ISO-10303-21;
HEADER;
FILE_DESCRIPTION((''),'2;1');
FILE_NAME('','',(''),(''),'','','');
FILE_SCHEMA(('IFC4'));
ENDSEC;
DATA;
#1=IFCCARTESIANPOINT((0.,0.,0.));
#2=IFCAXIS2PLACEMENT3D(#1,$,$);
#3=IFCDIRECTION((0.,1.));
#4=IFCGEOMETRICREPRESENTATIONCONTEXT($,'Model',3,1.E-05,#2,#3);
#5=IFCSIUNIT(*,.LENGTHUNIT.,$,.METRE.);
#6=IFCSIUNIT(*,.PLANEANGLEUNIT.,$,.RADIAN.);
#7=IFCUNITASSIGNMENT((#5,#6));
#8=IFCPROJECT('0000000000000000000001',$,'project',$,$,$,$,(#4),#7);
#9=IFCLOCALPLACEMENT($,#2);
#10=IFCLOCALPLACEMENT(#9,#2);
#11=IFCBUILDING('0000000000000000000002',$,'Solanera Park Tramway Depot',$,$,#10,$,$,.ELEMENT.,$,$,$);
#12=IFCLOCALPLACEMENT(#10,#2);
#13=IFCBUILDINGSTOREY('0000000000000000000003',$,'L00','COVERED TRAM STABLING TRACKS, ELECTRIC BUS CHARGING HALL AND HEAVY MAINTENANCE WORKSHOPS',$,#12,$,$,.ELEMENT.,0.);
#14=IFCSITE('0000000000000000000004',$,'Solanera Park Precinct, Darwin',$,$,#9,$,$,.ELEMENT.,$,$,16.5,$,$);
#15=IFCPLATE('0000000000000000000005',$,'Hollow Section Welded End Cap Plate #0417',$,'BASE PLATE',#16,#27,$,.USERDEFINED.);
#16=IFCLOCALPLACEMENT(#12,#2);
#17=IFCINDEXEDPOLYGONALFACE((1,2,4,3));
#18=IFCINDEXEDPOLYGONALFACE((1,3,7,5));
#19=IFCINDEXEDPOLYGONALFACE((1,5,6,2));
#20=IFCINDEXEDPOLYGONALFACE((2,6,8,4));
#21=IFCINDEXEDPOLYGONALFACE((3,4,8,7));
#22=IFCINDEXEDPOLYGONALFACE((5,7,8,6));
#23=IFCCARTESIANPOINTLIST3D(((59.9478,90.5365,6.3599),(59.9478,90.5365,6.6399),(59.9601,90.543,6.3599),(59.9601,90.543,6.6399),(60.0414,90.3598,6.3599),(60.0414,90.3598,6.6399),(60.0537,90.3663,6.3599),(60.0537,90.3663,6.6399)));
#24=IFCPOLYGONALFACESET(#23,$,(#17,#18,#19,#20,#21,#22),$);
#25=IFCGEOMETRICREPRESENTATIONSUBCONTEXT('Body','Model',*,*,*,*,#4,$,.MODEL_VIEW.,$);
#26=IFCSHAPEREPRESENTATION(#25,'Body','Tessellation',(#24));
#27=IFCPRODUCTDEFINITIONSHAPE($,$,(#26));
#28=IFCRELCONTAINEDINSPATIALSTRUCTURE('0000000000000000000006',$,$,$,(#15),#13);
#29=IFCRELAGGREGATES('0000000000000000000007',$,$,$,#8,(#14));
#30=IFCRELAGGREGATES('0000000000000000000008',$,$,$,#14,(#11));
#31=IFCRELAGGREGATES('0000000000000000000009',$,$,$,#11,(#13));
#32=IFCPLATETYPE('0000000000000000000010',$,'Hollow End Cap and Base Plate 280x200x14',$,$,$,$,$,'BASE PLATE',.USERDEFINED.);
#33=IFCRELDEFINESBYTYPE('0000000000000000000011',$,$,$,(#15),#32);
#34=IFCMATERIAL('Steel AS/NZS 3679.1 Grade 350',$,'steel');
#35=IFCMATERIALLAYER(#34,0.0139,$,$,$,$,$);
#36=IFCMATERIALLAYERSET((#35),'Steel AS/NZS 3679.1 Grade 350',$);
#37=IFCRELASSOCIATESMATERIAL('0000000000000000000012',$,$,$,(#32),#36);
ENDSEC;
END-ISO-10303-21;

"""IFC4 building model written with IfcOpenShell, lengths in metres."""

from ifc_helpers import new_model, si_unit, direction, frame, origin, origin_2d, place, context, subcontext, project, spatial, rectangle, extrude, material, layer, layer_set, type_object, element, save


model = new_model("IFC4")

# Units and contexts
model_context = context("Model", 3, precision=1e-05, world=origin(), true_north=direction((0.0, 1.0)))
body_context = subcontext(model_context, "Body", "Model", "MODEL_VIEW")
ifc_project = project(units=[si_unit("LENGTHUNIT", "METRE"), si_unit("PLANEANGLEUNIT", "RADIAN")], contexts=[model_context])

# Site, building, storey
site_placement = place(None, origin())
site = spatial("IfcSite", under=ifc_project, at=site_placement, Name="Solanera Park Precinct, Darwin", CompositionType="ELEMENT", RefElevation=16.5)
building_placement = place(site_placement, origin())
building = spatial("IfcBuilding", under=site, at=building_placement, Name="Solanera Park Tramway Depot", CompositionType="ELEMENT")
storey_placement = place(building_placement, origin())
storey = spatial("IfcBuildingStorey", under=building, at=storey_placement, Name="L00", Description="COVERED TRAM STABLING TRACKS, ELECTRIC BUS CHARGING HALL AND HEAVY MAINTENANCE WORKSHOPS", CompositionType="ELEMENT", Elevation=0.0)

# Plate
ifc_material_1 = material(Name="Steel AS/NZS 3679.1 Grade 350", Category="steel")
ifc_layer_1 = layer(ifc_material_1, 0.0139)
ifc_layer_set_1 = layer_set([ifc_layer_1], Name="Steel AS/NZS 3679.1 Grade 350")
plate_type_1 = type_object("IfcPlateType", Name="Hollow End Cap and Base Plate 280x200x14", ElementType="BASE PLATE", PredefinedType="USERDEFINED", material=ifc_layer_set_1)
plate_1_placement = place(storey_placement, frame((60.0007, 90.4514, 6.3599), z_axis=(0.0, 0.0, 1.0), x_axis=(0.883521, 0.468392, 0.0)))
element("IfcPlate", 1, at=plate_1_placement, inside=storey, type_object=plate_type_1, Name="Hollow Section Welded End Cap Plate #0417", ObjectType="BASE PLATE", PredefinedType="USERDEFINED", context=body_context, shape_type="SweptSolid", body=[
    extrude(rectangle(XDim=0.0139, YDim=0.2, at=origin_2d()), origin(), (0.0, 0.0, 1.0), 0.28),
])

save(model, "model.ifc")
